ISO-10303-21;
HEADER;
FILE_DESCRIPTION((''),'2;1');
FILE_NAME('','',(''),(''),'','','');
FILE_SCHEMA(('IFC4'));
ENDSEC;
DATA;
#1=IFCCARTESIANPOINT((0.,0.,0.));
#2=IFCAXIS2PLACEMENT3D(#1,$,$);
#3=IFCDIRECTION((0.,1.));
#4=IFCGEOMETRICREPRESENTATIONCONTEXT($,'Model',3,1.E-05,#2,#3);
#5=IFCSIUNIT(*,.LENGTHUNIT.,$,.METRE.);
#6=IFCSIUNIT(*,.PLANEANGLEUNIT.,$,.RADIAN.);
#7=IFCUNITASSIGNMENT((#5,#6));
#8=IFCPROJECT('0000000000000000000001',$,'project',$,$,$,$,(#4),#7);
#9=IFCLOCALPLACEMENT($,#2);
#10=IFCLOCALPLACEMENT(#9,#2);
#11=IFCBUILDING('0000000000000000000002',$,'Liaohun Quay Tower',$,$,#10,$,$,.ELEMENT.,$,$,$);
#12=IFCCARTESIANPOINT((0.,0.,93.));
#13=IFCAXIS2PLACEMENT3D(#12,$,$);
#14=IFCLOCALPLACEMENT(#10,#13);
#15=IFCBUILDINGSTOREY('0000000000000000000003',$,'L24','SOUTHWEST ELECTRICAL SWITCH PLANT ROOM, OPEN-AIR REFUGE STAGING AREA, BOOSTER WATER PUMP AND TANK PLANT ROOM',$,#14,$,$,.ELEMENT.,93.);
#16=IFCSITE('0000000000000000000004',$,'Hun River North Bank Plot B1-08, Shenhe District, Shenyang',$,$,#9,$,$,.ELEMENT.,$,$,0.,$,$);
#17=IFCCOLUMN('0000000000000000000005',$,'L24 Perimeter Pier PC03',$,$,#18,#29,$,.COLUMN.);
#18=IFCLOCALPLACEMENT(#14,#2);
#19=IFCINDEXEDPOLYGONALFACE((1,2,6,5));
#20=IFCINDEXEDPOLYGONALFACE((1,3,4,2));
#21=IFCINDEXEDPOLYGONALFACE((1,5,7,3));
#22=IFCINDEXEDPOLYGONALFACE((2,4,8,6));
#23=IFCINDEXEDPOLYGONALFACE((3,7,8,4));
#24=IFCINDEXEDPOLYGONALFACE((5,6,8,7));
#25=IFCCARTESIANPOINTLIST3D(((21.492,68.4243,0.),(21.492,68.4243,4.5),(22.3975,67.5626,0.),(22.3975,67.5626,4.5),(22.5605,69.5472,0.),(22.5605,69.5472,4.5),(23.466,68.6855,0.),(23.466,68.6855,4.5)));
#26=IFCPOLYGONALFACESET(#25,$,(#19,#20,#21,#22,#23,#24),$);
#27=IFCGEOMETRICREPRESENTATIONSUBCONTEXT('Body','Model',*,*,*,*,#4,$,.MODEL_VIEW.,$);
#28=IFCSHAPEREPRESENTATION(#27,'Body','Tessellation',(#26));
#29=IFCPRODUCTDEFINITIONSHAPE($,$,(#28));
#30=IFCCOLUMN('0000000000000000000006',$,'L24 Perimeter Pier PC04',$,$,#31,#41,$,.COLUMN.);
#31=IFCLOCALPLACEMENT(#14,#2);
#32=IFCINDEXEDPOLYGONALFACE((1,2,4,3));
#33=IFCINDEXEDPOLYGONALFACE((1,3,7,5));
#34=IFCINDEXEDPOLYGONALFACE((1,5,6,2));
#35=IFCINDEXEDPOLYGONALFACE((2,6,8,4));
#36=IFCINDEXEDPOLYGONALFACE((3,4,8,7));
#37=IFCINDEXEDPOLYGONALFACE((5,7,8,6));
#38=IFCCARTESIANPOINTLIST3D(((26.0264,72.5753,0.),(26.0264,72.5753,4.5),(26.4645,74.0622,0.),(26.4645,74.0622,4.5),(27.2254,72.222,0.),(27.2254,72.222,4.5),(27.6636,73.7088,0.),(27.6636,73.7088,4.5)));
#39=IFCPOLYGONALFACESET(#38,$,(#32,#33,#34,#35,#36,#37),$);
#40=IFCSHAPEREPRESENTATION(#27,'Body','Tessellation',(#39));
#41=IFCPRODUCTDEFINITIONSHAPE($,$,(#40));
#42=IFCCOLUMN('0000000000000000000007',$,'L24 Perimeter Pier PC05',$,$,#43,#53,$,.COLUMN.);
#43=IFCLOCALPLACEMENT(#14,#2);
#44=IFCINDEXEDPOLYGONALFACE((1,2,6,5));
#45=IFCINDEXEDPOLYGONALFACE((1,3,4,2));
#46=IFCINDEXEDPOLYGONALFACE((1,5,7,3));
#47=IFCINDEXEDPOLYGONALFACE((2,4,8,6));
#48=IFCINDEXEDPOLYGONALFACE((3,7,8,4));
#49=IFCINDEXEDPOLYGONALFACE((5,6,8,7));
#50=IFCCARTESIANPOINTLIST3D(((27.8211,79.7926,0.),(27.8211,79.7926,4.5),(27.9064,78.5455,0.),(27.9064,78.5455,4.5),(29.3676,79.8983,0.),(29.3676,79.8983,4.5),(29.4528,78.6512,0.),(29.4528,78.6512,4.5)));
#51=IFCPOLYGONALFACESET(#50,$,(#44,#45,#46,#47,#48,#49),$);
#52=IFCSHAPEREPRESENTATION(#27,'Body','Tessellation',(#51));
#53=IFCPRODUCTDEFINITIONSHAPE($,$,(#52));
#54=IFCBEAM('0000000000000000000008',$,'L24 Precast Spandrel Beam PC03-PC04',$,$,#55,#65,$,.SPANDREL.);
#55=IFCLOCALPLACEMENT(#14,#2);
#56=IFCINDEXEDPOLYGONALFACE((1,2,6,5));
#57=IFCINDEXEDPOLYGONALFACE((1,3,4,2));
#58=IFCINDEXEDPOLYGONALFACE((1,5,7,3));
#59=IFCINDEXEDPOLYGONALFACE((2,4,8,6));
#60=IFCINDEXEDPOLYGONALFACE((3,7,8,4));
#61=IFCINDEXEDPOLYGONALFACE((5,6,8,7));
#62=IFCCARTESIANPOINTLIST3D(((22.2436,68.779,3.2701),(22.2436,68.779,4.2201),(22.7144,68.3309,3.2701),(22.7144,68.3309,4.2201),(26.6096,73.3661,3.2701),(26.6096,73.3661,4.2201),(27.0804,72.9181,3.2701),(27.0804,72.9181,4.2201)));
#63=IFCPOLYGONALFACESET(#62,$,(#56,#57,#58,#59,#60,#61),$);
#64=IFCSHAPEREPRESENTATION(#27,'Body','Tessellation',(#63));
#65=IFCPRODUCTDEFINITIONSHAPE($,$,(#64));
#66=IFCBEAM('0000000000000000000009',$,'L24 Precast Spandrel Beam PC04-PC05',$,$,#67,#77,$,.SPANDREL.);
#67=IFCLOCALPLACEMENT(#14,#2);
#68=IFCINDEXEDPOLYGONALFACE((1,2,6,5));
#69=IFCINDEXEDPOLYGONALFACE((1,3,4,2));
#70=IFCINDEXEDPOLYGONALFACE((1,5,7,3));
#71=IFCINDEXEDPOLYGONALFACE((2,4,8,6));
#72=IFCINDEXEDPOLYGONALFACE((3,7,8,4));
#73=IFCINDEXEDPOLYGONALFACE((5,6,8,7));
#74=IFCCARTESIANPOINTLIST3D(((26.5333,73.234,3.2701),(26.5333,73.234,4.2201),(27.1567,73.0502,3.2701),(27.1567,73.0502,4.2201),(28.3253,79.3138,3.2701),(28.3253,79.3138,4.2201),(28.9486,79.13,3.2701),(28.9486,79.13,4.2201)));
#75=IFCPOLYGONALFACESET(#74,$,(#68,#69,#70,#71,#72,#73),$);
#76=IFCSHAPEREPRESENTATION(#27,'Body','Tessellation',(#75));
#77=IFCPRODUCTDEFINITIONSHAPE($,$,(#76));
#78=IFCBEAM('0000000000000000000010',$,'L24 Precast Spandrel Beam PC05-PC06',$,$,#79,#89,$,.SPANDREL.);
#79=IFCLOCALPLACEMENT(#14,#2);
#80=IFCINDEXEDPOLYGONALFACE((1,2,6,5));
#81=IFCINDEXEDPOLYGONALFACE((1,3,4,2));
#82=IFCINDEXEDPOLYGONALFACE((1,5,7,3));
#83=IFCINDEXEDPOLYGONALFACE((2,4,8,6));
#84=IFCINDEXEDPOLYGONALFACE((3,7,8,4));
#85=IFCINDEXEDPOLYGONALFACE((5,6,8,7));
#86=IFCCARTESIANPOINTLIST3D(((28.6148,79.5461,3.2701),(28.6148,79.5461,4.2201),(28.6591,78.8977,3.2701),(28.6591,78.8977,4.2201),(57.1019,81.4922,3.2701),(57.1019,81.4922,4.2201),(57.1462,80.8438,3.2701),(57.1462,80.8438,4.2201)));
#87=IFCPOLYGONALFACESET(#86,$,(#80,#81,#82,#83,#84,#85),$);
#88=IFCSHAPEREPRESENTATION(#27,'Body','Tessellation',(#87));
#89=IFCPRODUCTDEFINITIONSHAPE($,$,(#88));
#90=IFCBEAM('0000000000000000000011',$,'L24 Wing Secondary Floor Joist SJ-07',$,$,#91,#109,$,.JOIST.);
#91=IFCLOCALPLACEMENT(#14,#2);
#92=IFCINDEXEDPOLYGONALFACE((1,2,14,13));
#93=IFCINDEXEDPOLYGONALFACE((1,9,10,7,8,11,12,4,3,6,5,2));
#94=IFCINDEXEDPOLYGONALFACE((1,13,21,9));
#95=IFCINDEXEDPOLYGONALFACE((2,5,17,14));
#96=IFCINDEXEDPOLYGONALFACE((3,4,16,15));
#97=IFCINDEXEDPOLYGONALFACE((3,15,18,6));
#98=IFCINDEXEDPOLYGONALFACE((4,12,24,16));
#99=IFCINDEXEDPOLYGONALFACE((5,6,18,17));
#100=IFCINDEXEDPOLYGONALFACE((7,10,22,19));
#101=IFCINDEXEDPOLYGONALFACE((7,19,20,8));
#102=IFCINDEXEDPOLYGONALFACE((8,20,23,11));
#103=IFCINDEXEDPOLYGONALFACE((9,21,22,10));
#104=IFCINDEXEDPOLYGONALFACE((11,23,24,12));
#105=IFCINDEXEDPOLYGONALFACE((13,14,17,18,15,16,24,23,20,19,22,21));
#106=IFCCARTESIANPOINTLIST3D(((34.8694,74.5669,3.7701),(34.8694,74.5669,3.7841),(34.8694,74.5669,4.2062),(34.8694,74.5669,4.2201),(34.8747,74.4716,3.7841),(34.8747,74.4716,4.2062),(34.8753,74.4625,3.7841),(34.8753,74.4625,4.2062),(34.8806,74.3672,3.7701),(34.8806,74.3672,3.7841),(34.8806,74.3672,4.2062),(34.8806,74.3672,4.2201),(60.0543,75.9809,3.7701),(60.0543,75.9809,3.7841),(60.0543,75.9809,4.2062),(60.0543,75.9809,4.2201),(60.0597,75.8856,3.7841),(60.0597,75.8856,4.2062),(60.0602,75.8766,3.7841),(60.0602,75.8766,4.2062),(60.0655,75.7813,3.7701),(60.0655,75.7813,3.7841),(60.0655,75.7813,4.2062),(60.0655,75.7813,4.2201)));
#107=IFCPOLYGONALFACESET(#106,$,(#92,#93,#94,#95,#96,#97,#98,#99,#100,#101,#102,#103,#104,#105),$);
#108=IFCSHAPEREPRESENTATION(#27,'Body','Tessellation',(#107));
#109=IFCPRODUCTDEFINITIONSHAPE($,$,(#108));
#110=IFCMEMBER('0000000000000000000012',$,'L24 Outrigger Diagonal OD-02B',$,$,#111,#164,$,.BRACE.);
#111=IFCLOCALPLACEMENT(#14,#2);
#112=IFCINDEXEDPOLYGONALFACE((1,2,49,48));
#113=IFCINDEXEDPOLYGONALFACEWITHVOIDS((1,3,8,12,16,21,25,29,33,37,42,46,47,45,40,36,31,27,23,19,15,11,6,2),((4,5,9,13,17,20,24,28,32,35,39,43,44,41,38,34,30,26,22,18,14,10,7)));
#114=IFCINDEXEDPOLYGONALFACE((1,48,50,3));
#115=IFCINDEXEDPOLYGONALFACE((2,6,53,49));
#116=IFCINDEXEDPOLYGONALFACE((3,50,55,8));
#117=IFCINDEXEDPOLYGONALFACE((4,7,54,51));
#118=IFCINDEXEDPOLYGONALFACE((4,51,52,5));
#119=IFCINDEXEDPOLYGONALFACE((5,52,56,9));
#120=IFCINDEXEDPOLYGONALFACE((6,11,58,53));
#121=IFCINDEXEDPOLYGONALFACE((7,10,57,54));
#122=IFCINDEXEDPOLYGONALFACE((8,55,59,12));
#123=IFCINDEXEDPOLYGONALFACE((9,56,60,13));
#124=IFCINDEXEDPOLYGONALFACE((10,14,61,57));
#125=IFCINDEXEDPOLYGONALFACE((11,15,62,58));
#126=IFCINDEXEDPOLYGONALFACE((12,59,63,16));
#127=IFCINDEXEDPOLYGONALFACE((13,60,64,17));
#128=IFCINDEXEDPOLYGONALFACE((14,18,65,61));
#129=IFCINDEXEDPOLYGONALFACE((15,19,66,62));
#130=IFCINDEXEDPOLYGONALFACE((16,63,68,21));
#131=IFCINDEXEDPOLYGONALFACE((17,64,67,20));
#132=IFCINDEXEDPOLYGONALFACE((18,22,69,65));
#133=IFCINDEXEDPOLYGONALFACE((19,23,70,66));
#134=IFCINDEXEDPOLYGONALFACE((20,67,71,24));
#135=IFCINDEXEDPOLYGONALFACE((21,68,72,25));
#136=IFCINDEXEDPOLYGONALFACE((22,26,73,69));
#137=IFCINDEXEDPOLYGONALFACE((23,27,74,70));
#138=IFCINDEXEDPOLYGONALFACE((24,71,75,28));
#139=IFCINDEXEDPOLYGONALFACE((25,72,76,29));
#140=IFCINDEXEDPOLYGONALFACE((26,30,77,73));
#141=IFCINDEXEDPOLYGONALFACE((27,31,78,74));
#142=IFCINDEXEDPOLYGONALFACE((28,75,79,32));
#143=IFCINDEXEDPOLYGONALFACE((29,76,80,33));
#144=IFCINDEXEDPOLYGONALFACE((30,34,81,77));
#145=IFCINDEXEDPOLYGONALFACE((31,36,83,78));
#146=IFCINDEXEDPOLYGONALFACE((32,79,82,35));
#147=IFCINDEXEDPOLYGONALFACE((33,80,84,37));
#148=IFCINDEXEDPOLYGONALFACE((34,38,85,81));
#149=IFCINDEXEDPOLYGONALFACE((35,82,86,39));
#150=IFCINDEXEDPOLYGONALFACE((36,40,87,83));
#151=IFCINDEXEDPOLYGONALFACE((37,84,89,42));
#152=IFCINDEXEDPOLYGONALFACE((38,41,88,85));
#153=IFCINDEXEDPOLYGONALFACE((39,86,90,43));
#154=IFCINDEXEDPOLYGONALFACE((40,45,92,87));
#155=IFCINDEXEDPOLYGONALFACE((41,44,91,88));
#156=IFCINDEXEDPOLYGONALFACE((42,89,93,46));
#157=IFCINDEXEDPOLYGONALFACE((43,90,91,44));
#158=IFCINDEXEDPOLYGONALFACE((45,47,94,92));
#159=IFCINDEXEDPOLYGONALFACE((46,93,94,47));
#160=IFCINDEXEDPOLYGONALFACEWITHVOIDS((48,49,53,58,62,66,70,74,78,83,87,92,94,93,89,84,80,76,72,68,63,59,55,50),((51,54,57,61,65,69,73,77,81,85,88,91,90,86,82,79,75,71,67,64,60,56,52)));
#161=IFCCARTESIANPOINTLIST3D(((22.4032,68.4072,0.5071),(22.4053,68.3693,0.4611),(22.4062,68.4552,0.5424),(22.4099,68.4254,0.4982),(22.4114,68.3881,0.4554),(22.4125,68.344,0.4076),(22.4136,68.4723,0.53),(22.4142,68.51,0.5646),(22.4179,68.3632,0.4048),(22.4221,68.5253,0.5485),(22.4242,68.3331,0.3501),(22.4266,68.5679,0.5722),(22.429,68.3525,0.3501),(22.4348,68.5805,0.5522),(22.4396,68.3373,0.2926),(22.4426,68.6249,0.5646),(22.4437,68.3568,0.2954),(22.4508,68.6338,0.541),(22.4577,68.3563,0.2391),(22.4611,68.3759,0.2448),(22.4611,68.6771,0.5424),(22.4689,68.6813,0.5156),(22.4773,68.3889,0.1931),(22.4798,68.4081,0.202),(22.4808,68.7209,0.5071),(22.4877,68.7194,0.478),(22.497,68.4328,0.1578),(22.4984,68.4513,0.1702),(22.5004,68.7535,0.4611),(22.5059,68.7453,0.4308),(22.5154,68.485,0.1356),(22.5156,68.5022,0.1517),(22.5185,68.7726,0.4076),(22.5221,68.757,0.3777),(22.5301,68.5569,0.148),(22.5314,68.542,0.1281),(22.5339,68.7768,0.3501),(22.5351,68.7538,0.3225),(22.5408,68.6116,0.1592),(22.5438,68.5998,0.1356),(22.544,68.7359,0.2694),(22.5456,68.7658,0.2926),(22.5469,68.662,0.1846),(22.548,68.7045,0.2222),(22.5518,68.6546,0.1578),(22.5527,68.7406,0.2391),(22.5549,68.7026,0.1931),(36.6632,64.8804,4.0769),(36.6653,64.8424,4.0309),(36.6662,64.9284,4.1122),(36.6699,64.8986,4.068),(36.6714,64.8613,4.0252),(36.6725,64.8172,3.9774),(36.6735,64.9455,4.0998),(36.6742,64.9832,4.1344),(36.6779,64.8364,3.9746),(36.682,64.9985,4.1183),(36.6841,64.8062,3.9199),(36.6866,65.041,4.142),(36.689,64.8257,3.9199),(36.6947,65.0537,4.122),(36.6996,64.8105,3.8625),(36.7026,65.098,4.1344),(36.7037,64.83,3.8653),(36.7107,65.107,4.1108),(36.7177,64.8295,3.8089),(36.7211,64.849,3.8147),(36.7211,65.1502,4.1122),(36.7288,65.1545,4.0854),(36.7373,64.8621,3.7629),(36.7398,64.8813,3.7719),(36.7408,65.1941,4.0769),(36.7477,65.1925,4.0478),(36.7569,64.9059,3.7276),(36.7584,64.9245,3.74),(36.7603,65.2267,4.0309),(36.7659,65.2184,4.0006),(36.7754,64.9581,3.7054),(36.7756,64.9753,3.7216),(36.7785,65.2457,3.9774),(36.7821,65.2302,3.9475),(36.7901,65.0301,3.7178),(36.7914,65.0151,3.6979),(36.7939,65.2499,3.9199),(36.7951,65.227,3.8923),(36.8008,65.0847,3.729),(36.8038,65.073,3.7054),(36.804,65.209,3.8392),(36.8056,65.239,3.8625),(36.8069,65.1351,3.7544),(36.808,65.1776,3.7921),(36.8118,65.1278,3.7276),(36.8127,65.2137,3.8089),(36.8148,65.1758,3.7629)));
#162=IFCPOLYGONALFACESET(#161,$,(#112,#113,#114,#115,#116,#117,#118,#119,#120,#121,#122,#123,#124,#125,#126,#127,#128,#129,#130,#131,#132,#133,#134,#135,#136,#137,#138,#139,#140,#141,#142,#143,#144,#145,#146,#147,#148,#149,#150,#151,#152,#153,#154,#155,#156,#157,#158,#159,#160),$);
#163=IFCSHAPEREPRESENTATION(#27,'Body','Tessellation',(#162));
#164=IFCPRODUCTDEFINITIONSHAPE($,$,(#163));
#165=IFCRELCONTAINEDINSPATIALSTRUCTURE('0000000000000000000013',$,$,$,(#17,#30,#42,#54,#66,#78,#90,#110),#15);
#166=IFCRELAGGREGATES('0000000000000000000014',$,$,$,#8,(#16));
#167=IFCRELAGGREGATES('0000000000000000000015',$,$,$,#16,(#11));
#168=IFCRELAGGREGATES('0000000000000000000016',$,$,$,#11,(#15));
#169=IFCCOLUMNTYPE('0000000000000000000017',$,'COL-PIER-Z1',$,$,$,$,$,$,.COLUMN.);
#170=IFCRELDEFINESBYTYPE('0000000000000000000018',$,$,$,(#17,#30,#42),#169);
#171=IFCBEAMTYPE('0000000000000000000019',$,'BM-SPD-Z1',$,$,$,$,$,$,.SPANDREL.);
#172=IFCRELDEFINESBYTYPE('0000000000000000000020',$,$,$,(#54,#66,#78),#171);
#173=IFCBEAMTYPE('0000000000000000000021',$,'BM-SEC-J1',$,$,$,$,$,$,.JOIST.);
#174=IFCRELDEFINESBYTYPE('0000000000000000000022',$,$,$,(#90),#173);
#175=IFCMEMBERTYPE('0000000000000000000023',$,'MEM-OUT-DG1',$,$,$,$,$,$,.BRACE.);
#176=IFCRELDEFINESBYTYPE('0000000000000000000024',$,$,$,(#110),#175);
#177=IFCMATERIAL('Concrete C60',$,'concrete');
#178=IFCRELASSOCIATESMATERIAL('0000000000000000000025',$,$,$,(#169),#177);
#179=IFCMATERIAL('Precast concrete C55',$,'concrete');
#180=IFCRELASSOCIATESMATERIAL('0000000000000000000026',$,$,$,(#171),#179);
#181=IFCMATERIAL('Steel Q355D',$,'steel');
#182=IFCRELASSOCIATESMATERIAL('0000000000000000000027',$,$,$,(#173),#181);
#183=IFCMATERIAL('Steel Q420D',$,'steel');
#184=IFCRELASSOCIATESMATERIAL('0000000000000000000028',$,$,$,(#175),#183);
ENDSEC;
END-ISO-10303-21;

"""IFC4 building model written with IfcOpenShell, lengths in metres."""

from ifc_helpers import new_model, si_unit, direction, frame, origin, origin_2d, place, context, subcontext, project, spatial, rectangle, hollow_circle, i_section, extrude, source, transform, mapped, material, material_profile, profile_set, type_object, element, save


model = new_model("IFC4")

# Units and contexts
model_context = context("Model", 3, precision=1e-05, world=origin(), true_north=direction((0.0, 1.0)))
body_context = subcontext(model_context, "Body", "Model", "MODEL_VIEW")
ifc_project = project(units=[si_unit("LENGTHUNIT", "METRE"), si_unit("PLANEANGLEUNIT", "RADIAN")], contexts=[model_context])

# Site, building, storey
site_placement = place(None, origin())
site = spatial("IfcSite", under=ifc_project, at=site_placement, Name="Hun River North Bank Plot B1-08, Shenhe District, Shenyang", CompositionType="ELEMENT", RefElevation=0.0)
building_placement = place(site_placement, origin())
building = spatial("IfcBuilding", under=site, at=building_placement, Name="Liaohun Quay Tower", CompositionType="ELEMENT")
storey_placement = place(building_placement, frame((0.0, 0.0, 93.0)))
storey = spatial("IfcBuildingStorey", under=building, at=storey_placement, Name="L24", Description="SOUTHWEST ELECTRICAL SWITCH PLANT ROOM, OPEN-AIR REFUGE STAGING AREA, BOOSTER WATER PUMP AND TANK PLANT ROOM", CompositionType="ELEMENT", Elevation=93.0)

# Columns
ifc_material_1 = material(Name="Concrete C60", Category="concrete")
ifc_material_profile_1 = material_profile(ifc_material_1, rectangle(XDim=1.55, YDim=1.25, at=origin_2d()), Name="RC1550x1250")
ifc_profile_set_1 = profile_set([ifc_material_profile_1], Name="Concrete C60")
column_type = type_object("IfcColumnType", Name="COL-PIER-Z1", PredefinedType="COLUMN", material=ifc_profile_set_1)
shared_shape_1 = source(origin(), body_context, "Body", "SweptSolid", [
    extrude(rectangle(XDim=1.55, YDim=1.25, at=origin_2d()), origin(), (0.0, 0.0, 1.0), 4.5),
])
for number, where, z_axis, x_axis, name in (
    (1, (22.479, 68.5549, 0.0), (0.0, 0.0, 1.0), (0.689367, 0.724413, 0.0), "L24 Perimeter Pier PC03"),
    (2, (26.845, 73.1421, 0.0), (0.0, 0.0, 1.0), (0.282676, 0.959215, 0.0), "L24 Perimeter Pier PC04"),
    (3, (28.637, 79.2219, 0.0), (0.0, 0.0, 1.0), (0.997672, 0.068189, 0.0), "L24 Perimeter Pier PC05"),
):
    element("IfcColumn", number, at=place(storey_placement, frame(where, z_axis=z_axis, x_axis=x_axis)), inside=storey, type_object=column_type, Name=name, PredefinedType="COLUMN", context=body_context, shape_type="MappedRepresentation", body=[
        mapped(shared_shape_1, transform((0.0, 0.0, 0.0), x_axis=(1.0, 0.0, 0.0), y_axis=(0.0, 1.0, 0.0), z_axis=(0.0, 0.0, 1.0), scale=1.0)),
    ])

# Beams
ifc_material_2 = material(Name="Precast concrete C55", Category="concrete")
ifc_material_profile_2 = material_profile(ifc_material_2, rectangle(XDim=0.6499, YDim=0.95, at=origin_2d()), Name="RC650x950")
ifc_profile_set_2 = profile_set([ifc_material_profile_2], Name="Precast concrete C55")
beam_type_1 = type_object("IfcBeamType", Name="BM-SPD-Z1", PredefinedType="SPANDREL", material=ifc_profile_set_2)
shared_shape_2 = source(origin(), body_context, "Body", "SweptSolid", [
    extrude(rectangle(XDim=0.6499, YDim=0.95, at=origin_2d()), origin(), (0.0, 0.0, 1.0), 6.3328),
])
beam_1_placement = place(storey_placement, frame((22.479, 68.5549, 3.7451), z_axis=(0.689427, 0.724355, 0.0), x_axis=(-0.724355, 0.689427, 0.0)))
element("IfcBeam", 4, at=beam_1_placement, inside=storey, type_object=beam_type_1, Name="L24 Precast Spandrel Beam PC03-PC04", PredefinedType="SPANDREL", context=body_context, shape_type="MappedRepresentation", body=[
    mapped(shared_shape_2, transform((0.0, 0.0, 0.0), x_axis=(1.0, 0.0, 0.0), y_axis=(0.0, 1.0, 0.0), z_axis=(0.0, 0.0, 1.0), scale=1.0)),
])
shared_shape_3 = source(origin(), body_context, "Body", "SweptSolid", [
    extrude(rectangle(XDim=0.6499, YDim=0.95, at=origin_2d()), origin(), (0.0, 0.0, 1.0), 6.3384),
])
beam_2_placement = place(storey_placement, frame((26.845, 73.1421, 3.7451), z_axis=(0.282719, 0.959203, 0.0), x_axis=(-0.959203, 0.282719, 0.0)))
element("IfcBeam", 5, at=beam_2_placement, inside=storey, type_object=beam_type_1, Name="L24 Precast Spandrel Beam PC04-PC05", PredefinedType="SPANDREL", context=body_context, shape_type="MappedRepresentation", body=[
    mapped(shared_shape_3, transform((0.0, 0.0, 0.0), x_axis=(1.0, 0.0, 0.0), y_axis=(0.0, 1.0, 0.0), z_axis=(0.0, 0.0, 1.0), scale=1.0)),
])
shared_shape_4 = source(origin(), body_context, "Body", "SweptSolid", [
    extrude(rectangle(XDim=0.6499, YDim=0.95, at=origin_2d()), origin(), (0.0, 0.0, 1.0), 28.5535),
])
beam_3_placement = place(storey_placement, frame((28.637, 79.2219, 3.7451), z_axis=(0.997675, 0.068154, 0.0), x_axis=(-0.068154, 0.997675, 0.0)))
element("IfcBeam", 6, at=beam_3_placement, inside=storey, type_object=beam_type_1, Name="L24 Precast Spandrel Beam PC05-PC06", PredefinedType="SPANDREL", context=body_context, shape_type="MappedRepresentation", body=[
    mapped(shared_shape_4, transform((0.0, 0.0, 0.0), x_axis=(1.0, 0.0, 0.0), y_axis=(0.0, 1.0, 0.0), z_axis=(0.0, 0.0, 1.0), scale=1.0)),
])
ifc_material_3 = material(Name="Steel Q355D", Category="steel")
ifc_material_profile_3 = material_profile(ifc_material_3, i_section(OverallWidth=0.2, OverallDepth=0.45, WebThickness=0.009, FlangeThickness=0.0139, at=origin_2d()), Name="HN450x200x9x14")
ifc_profile_set_3 = profile_set([ifc_material_profile_3], Name="Steel Q355D")
beam_type_2 = type_object("IfcBeamType", Name="BM-SEC-J1", PredefinedType="JOIST", material=ifc_profile_set_3)
shared_shape_5 = source(origin(), body_context, "Body", "SweptSolid", [
    extrude(i_section(OverallWidth=0.2, OverallDepth=0.45, WebThickness=0.009, FlangeThickness=0.0139, at=origin_2d()), origin(), (0.0, 0.0, 1.0), 25.2246),
])
beam_4_placement = place(storey_placement, frame((34.875, 74.467, 3.9951), z_axis=(0.998427, 0.056059, 0.0), x_axis=(-0.056059, 0.998427, 0.0)))
element("IfcBeam", 7, at=beam_4_placement, inside=storey, type_object=beam_type_2, Name="L24 Wing Secondary Floor Joist SJ-07", PredefinedType="JOIST", context=body_context, shape_type="MappedRepresentation", body=[
    mapped(shared_shape_5, transform((0.0, 0.0, 0.0), x_axis=(1.0, 0.0, 0.0), y_axis=(0.0, 1.0, 0.0), z_axis=(0.0, 0.0, 1.0), scale=1.0)),
])

# Member
ifc_material_4 = material(Name="Steel Q420D", Category="steel")
ifc_material_profile_4 = material_profile(ifc_material_4, hollow_circle(Radius=0.2285, WallThickness=0.02, at=origin_2d()), Name="CHS457x20")
ifc_profile_set_4 = profile_set([ifc_material_profile_4], Name="Steel Q420D")
member_type_1 = type_object("IfcMemberType", Name="MEM-OUT-DG1", PredefinedType="BRACE", material=ifc_profile_set_4)
shared_shape_6 = source(origin(), body_context, "Body", "SweptSolid", [
    extrude(hollow_circle(Radius=0.2285, WallThickness=0.02, at=origin_2d()), origin(), (0.0, 0.0, 1.0), 15.1172),
])
member_1_placement = place(storey_placement, frame((36.739, 65.0281, 3.9199), z_axis=(-0.943296, 0.233301, -0.236143), x_axis=(-0.240091, -0.97075, 0.0)))
element("IfcMember", 8, at=member_1_placement, inside=storey, type_object=member_type_1, Name="L24 Outrigger Diagonal OD-02B", PredefinedType="BRACE", context=body_context, shape_type="MappedRepresentation", body=[
    mapped(shared_shape_6, transform((0.0, 0.0, 0.0), x_axis=(1.0, 0.0, 0.0), y_axis=(0.0, 1.0, 0.0), z_axis=(0.0, 0.0, 1.0), scale=1.0)),
])

save(model, "model.ifc")
